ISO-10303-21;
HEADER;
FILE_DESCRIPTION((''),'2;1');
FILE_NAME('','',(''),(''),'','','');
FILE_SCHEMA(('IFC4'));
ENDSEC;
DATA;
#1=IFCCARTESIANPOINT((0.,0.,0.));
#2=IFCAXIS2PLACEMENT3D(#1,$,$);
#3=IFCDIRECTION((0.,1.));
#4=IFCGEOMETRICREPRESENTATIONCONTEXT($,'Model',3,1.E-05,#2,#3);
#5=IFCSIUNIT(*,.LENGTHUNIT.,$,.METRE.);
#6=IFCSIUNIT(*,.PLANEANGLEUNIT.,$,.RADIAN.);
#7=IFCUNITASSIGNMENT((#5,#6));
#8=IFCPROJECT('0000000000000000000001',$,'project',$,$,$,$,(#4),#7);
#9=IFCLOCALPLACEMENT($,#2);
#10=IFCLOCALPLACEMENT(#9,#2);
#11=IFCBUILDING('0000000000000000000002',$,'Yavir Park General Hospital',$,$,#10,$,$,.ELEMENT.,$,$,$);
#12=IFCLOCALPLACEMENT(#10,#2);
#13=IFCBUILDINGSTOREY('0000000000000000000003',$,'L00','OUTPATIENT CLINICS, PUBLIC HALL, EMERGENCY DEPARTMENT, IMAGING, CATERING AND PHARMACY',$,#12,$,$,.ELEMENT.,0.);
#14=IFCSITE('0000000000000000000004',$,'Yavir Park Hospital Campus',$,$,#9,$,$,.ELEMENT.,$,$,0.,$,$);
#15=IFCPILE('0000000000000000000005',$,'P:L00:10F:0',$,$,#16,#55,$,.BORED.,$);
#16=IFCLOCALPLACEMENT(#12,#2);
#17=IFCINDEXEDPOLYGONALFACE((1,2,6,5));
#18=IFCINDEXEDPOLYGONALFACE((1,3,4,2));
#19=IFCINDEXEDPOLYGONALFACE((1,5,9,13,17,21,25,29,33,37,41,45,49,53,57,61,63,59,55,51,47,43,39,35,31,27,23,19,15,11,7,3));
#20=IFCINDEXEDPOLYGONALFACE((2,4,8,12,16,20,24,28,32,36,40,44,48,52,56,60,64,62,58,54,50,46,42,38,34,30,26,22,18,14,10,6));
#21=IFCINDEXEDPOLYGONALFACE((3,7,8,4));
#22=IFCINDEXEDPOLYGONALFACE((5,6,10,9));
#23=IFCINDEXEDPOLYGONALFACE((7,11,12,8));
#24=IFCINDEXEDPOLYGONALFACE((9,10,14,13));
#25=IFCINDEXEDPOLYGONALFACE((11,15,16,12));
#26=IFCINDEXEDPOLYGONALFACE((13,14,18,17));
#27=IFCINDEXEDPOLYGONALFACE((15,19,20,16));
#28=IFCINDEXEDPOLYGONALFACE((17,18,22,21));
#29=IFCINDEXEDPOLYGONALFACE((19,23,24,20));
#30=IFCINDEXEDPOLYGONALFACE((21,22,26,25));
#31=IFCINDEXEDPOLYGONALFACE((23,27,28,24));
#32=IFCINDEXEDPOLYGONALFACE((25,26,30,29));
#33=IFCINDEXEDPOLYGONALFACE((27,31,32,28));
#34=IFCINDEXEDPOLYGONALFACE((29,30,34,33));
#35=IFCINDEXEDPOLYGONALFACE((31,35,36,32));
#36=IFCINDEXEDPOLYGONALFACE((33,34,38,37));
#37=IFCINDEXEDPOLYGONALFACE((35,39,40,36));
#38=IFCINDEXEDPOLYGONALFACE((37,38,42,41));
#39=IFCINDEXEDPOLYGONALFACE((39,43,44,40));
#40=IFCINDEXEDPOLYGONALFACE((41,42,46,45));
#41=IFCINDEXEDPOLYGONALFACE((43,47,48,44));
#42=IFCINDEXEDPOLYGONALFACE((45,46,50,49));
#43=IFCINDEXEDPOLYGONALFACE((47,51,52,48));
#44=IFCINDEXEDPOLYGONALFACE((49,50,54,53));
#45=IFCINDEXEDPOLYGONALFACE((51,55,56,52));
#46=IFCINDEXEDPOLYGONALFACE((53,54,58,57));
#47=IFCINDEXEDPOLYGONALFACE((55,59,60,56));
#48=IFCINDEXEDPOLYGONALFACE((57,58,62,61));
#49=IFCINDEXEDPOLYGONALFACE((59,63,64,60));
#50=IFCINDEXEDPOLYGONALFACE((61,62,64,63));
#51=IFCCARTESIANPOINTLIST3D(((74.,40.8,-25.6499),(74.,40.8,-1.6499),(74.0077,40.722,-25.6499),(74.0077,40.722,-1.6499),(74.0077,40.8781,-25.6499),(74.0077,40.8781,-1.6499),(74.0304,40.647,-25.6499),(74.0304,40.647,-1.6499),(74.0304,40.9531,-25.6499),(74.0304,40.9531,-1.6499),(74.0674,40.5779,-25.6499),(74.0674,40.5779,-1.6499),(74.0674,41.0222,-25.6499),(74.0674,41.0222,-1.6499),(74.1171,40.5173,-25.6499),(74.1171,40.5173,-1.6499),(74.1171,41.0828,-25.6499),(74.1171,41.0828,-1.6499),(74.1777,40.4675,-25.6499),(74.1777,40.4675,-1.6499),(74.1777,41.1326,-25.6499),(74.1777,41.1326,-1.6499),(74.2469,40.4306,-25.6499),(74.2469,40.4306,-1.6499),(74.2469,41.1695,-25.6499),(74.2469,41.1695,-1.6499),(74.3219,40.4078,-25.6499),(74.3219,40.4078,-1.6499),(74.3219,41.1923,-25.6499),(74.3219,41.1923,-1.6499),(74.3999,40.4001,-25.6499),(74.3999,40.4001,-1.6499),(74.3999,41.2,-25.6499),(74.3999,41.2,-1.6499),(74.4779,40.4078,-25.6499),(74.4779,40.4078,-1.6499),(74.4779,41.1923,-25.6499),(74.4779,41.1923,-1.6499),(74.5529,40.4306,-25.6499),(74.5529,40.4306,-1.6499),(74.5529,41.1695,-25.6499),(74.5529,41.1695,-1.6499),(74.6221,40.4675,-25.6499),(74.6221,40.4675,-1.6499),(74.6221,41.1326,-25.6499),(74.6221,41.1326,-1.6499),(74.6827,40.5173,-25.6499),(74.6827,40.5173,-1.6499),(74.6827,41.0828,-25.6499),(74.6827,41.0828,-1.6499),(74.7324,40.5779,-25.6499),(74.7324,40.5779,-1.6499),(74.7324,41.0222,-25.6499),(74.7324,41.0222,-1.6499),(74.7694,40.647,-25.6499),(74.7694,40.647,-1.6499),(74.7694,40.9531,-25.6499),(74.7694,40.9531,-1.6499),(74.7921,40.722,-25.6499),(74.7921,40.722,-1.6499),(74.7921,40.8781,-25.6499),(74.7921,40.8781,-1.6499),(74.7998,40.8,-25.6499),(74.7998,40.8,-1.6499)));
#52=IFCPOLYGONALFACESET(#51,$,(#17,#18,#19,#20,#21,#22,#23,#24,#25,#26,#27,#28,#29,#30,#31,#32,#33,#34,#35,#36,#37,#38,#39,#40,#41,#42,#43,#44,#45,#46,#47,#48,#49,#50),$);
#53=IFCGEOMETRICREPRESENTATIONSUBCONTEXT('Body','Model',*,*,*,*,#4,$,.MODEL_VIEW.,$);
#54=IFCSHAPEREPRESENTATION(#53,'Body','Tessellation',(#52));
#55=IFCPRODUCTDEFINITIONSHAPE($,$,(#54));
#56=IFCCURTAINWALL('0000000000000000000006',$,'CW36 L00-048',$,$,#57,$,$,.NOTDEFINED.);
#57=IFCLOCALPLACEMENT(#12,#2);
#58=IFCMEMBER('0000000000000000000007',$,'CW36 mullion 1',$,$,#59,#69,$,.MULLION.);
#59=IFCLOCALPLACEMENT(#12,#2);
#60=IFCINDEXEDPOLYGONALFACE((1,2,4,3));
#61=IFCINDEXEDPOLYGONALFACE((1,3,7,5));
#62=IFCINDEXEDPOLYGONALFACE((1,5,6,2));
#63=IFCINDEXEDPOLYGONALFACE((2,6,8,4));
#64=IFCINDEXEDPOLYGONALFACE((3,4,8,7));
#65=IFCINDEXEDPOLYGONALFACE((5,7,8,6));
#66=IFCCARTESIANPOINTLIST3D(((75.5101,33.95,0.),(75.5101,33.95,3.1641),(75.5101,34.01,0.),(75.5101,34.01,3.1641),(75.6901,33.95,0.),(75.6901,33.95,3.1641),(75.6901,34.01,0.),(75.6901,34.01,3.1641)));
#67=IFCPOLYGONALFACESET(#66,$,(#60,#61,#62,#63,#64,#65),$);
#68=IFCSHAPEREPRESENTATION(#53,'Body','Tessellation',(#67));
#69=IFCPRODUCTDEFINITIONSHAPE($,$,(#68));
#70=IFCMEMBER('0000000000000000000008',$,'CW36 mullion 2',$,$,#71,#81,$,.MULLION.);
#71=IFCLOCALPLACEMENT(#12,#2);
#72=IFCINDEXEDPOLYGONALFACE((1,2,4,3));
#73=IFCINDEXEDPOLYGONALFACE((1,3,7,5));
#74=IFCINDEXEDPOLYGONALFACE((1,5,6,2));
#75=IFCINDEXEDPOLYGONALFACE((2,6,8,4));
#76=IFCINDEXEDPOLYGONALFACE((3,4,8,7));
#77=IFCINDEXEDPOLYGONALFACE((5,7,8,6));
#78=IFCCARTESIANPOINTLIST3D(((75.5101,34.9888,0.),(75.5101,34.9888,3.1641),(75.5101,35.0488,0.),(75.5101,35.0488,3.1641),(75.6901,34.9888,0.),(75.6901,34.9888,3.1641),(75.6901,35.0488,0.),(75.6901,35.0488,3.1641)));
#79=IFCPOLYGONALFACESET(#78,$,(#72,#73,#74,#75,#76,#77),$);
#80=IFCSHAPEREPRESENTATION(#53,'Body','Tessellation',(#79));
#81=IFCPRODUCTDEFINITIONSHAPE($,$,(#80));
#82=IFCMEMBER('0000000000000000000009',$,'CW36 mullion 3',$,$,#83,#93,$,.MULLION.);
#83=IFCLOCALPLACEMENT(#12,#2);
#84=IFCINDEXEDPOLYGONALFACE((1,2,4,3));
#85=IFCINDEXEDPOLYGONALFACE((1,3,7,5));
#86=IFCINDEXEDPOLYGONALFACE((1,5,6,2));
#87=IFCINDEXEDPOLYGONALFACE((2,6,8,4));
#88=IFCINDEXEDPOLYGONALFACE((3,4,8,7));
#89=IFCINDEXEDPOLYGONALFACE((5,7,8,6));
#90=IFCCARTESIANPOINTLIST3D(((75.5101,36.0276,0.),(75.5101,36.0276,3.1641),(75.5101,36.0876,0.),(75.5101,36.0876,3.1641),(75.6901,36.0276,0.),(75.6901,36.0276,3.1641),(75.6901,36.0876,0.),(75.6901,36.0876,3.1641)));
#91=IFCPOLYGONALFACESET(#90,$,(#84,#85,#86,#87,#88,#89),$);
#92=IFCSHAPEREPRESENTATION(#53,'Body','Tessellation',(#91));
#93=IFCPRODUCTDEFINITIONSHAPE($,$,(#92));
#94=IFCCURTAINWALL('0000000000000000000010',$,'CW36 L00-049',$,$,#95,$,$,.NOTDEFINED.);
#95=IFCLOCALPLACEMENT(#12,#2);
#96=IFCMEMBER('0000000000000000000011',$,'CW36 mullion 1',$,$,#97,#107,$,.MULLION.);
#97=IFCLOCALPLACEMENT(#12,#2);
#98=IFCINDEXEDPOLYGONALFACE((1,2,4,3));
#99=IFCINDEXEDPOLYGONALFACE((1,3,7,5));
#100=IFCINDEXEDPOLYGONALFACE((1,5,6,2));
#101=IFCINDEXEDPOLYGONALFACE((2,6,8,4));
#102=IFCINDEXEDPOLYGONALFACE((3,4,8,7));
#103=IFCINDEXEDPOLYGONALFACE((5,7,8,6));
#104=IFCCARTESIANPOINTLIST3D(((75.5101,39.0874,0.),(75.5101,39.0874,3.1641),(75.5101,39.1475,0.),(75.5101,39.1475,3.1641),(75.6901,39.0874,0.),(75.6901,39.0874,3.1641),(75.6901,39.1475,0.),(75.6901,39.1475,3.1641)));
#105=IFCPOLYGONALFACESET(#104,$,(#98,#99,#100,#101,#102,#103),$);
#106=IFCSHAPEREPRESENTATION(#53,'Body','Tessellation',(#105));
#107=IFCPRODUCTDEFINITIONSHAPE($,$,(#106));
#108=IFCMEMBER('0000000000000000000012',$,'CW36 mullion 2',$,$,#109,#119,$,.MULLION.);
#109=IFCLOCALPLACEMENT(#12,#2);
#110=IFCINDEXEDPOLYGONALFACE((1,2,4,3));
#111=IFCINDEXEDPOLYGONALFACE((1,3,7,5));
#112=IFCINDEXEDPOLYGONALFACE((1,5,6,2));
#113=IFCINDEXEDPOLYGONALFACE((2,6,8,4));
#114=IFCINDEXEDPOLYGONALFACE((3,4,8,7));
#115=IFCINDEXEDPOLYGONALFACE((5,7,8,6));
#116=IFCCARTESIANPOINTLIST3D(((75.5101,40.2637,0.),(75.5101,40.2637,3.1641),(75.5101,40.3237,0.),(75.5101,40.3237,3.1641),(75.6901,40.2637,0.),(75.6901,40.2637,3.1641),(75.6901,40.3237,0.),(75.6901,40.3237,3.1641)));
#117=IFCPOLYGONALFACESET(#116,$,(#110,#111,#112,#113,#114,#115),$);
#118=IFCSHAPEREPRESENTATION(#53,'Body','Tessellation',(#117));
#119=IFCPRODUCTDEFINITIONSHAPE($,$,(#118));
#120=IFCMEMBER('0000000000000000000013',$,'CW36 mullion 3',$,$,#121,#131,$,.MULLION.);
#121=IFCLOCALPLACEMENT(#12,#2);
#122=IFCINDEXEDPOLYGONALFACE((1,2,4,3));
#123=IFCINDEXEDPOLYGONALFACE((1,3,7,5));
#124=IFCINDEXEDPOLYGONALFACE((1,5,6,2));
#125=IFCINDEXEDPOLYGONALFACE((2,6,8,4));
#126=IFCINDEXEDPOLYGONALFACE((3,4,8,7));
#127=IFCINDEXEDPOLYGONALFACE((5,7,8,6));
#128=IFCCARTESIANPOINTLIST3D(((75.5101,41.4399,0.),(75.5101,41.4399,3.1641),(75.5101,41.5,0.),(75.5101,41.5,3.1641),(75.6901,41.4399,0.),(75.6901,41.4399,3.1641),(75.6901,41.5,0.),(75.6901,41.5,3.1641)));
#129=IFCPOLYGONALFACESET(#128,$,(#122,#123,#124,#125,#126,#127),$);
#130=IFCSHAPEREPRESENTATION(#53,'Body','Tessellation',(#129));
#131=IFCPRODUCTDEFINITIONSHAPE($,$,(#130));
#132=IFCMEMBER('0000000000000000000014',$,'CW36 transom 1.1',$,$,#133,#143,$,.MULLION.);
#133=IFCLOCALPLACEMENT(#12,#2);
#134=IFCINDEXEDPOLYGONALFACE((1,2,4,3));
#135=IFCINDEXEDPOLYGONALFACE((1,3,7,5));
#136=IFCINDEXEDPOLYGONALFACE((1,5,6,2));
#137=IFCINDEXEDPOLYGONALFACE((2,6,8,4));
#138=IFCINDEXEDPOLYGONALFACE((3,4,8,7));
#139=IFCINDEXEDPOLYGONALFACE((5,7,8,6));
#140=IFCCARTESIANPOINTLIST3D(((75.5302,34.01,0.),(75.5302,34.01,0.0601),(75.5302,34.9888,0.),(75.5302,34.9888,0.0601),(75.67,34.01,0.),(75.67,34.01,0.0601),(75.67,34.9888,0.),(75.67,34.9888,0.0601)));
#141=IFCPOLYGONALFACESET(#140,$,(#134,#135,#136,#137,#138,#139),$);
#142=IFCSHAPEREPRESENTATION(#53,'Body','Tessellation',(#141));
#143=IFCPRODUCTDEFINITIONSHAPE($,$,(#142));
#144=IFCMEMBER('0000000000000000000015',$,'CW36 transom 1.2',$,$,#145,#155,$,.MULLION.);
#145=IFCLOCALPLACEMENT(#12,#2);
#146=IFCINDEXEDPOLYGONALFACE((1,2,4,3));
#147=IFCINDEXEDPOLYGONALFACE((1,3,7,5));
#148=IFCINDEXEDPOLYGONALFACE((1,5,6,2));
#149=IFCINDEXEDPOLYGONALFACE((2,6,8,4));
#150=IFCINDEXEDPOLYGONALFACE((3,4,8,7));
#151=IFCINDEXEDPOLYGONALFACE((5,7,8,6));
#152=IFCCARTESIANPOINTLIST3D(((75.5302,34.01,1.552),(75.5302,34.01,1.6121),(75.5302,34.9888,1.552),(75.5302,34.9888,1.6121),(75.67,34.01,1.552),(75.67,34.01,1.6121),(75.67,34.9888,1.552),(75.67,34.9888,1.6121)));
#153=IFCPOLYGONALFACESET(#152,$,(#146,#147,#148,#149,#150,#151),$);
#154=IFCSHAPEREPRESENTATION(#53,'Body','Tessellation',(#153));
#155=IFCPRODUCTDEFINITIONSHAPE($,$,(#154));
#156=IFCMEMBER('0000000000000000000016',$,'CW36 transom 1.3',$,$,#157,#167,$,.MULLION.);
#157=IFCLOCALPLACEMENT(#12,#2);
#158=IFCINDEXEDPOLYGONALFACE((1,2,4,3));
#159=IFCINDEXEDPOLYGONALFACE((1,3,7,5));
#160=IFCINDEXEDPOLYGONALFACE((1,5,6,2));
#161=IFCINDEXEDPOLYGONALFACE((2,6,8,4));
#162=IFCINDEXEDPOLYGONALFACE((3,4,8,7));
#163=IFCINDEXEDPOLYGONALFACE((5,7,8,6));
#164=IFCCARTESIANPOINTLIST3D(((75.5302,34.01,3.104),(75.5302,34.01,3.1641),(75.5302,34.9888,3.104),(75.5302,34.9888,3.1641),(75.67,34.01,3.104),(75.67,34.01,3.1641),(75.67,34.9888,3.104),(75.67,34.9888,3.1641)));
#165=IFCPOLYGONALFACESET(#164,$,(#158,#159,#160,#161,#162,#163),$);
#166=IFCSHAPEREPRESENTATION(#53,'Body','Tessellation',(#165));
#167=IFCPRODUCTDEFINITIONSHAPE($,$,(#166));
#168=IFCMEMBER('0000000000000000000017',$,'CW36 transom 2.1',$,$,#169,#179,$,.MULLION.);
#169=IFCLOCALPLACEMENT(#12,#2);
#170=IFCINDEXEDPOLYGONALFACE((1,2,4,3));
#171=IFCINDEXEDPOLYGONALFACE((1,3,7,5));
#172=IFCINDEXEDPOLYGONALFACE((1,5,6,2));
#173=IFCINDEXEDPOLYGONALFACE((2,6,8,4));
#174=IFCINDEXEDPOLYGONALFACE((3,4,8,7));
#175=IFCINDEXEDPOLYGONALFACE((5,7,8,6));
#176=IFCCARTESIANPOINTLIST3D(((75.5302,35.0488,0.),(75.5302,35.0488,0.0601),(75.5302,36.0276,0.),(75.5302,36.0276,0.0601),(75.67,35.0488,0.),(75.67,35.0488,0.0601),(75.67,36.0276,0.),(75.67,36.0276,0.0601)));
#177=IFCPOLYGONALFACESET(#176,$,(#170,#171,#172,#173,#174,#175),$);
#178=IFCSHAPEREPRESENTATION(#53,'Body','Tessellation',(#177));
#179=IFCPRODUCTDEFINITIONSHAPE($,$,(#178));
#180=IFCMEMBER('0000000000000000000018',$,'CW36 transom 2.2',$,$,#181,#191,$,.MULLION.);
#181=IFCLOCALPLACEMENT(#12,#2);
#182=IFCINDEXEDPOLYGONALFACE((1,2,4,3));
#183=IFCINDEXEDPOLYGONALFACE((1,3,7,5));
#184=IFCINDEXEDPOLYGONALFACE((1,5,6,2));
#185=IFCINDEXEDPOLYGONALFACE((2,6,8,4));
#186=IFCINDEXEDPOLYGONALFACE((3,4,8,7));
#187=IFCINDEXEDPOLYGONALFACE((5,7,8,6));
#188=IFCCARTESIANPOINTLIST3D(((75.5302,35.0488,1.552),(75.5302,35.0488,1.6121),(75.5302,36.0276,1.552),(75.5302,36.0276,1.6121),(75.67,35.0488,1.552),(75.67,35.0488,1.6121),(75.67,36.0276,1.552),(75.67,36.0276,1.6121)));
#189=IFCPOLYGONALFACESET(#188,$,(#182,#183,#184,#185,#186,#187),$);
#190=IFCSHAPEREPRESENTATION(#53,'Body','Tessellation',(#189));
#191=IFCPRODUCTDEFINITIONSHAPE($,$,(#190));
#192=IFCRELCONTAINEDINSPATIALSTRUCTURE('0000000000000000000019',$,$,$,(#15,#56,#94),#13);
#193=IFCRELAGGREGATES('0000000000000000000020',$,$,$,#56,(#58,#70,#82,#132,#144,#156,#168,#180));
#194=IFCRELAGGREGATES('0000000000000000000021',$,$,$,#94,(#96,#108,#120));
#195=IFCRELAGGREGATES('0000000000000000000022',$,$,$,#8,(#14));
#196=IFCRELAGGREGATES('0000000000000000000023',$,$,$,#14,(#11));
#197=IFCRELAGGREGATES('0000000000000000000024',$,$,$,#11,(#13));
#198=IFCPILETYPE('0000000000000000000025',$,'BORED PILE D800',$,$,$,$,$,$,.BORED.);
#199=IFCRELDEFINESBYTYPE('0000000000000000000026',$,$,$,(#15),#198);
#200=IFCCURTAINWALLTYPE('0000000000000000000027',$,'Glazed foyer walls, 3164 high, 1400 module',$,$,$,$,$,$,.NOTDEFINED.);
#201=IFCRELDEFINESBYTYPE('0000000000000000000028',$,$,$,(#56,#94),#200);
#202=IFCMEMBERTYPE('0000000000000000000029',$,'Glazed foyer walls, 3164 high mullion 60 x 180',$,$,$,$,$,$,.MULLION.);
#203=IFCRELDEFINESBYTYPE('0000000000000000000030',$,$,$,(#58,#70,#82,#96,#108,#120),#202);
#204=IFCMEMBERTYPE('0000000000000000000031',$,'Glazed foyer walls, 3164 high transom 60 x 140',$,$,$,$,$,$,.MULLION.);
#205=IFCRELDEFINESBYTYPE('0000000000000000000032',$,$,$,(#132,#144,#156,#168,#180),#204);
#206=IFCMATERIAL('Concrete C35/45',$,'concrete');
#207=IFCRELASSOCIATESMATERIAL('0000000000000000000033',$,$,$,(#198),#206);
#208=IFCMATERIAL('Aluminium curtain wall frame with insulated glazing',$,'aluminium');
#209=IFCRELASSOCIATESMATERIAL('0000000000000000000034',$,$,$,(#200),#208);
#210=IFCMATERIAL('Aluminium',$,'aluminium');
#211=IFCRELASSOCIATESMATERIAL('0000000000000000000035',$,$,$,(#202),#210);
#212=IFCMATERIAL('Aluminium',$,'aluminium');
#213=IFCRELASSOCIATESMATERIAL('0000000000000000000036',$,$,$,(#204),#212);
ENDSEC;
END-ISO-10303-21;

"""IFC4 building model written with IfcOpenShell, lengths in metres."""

from ifc_helpers import new_model, si_unit, direction, frame, origin, origin_2d, place, context, subcontext, project, spatial, rectangle, circle, extrude, material, material_profile, profile_set, type_object, element, aggregate, save


model = new_model("IFC4")

# Units and contexts
model_context = context("Model", 3, precision=1e-05, world=origin(), true_north=direction((0.0, 1.0)))
body_context = subcontext(model_context, "Body", "Model", "MODEL_VIEW")
ifc_project = project(units=[si_unit("LENGTHUNIT", "METRE"), si_unit("PLANEANGLEUNIT", "RADIAN")], contexts=[model_context])

# Site, building, storey
site_placement = place(None, origin())
site = spatial("IfcSite", under=ifc_project, at=site_placement, Name="Yavir Park Hospital Campus", CompositionType="ELEMENT", RefElevation=0.0)
building_placement = place(site_placement, origin())
building = spatial("IfcBuilding", under=site, at=building_placement, Name="Yavir Park General Hospital", CompositionType="ELEMENT")
storey_placement = place(building_placement, origin())
storey = spatial("IfcBuildingStorey", under=building, at=storey_placement, Name="L00", Description="OUTPATIENT CLINICS, PUBLIC HALL, EMERGENCY DEPARTMENT, IMAGING, CATERING AND PHARMACY", CompositionType="ELEMENT", Elevation=0.0)

# Pile
ifc_material_1 = material(Name="Concrete C35/45", Category="concrete")
ifc_material_profile_1 = material_profile(ifc_material_1, circle(Radius=0.3999, at=origin_2d()), Name="D800")
ifc_profile_set_1 = profile_set([ifc_material_profile_1], Name="Concrete C35/45")
pile_type = type_object("IfcPileType", Name="BORED PILE D800", PredefinedType="BORED", material=ifc_profile_set_1)
pile_placement = place(storey_placement, frame((74.3999, 40.8, -1.6499), z_axis=(0.0, 0.0, -1.0), x_axis=(1.0, 0.0, 0.0)))
element("IfcPile", 1, at=pile_placement, inside=storey, type_object=pile_type, Name="P:L00:10F:0", PredefinedType="BORED", context=body_context, shape_type="SweptSolid", body=[
    extrude(circle(Radius=0.3999, at=origin_2d()), origin(), (0.0, 0.0, 1.0), 24.0),
])

# Curtain walls, members
ifc_material_2 = material(Name="Aluminium curtain wall frame with insulated glazing", Category="aluminium")
curtain_wall_type = type_object("IfcCurtainWallType", Name="Glazed foyer walls, 3164 high, 1400 module", PredefinedType="NOTDEFINED", material=ifc_material_2)
curtain_wall_1_placement = place(storey_placement, origin())
curtain_wall_1 = element("IfcCurtainWall", 2, at=curtain_wall_1_placement, inside=storey, type_object=curtain_wall_type, Name="CW36 L00-048", PredefinedType="NOTDEFINED")
ifc_material_3 = material(Name="Aluminium", Category="aluminium")
ifc_material_profile_2 = material_profile(ifc_material_3, rectangle(XDim=0.1799, YDim=0.0601, at=origin_2d()), Name="AL 60x180")
ifc_profile_set_2 = profile_set([ifc_material_profile_2], Name="Aluminium")
member_type_1 = type_object("IfcMemberType", Name="Glazed foyer walls, 3164 high mullion 60 x 180", PredefinedType="MULLION", material=ifc_profile_set_2)
member_1_placement = place(storey_placement, frame((75.6001, 33.98, 0.0), z_axis=(0.0, 0.0, 1.0), x_axis=(-1.0, 0.0, 0.0)))
member_1 = element("IfcMember", 3, at=member_1_placement, type_object=member_type_1, Name="CW36 mullion 1", PredefinedType="MULLION", context=body_context, shape_type="SweptSolid", body=[
    extrude(rectangle(XDim=0.1799, YDim=0.0601, at=origin_2d()), origin(), (0.0, 0.0, 1.0), 3.1641),
])
member_2_placement = place(storey_placement, frame((75.6001, 35.0188, 0.0), z_axis=(0.0, 0.0, 1.0), x_axis=(-1.0, 0.0, 0.0)))
member_2 = element("IfcMember", 4, at=member_2_placement, type_object=member_type_1, Name="CW36 mullion 2", PredefinedType="MULLION", context=body_context, shape_type="SweptSolid", body=[
    extrude(rectangle(XDim=0.1799, YDim=0.0601, at=origin_2d()), origin(), (0.0, 0.0, 1.0), 3.1641),
])
member_3_placement = place(storey_placement, frame((75.6001, 36.0576, 0.0), z_axis=(0.0, 0.0, 1.0), x_axis=(-1.0, 0.0, 0.0)))
member_3 = element("IfcMember", 5, at=member_3_placement, type_object=member_type_1, Name="CW36 mullion 3", PredefinedType="MULLION", context=body_context, shape_type="SweptSolid", body=[
    extrude(rectangle(XDim=0.1799, YDim=0.0601, at=origin_2d()), origin(), (0.0, 0.0, 1.0), 3.1641),
])
curtain_wall_2_placement = place(storey_placement, origin())
curtain_wall_2 = element("IfcCurtainWall", 6, at=curtain_wall_2_placement, inside=storey, type_object=curtain_wall_type, Name="CW36 L00-049", PredefinedType="NOTDEFINED")
member_4_placement = place(storey_placement, frame((75.6001, 39.1174, 0.0), z_axis=(0.0, 0.0, 1.0), x_axis=(-1.0, 0.0, 0.0)))
member_4 = element("IfcMember", 7, at=member_4_placement, type_object=member_type_1, Name="CW36 mullion 1", PredefinedType="MULLION", context=body_context, shape_type="SweptSolid", body=[
    extrude(rectangle(XDim=0.1799, YDim=0.0601, at=origin_2d()), origin(), (0.0, 0.0, 1.0), 3.1641),
])
member_5_placement = place(storey_placement, frame((75.6001, 40.2937, 0.0), z_axis=(0.0, 0.0, 1.0), x_axis=(-1.0, 0.0, 0.0)))
member_5 = element("IfcMember", 8, at=member_5_placement, type_object=member_type_1, Name="CW36 mullion 2", PredefinedType="MULLION", context=body_context, shape_type="SweptSolid", body=[
    extrude(rectangle(XDim=0.1799, YDim=0.0601, at=origin_2d()), origin(), (0.0, 0.0, 1.0), 3.1641),
])
member_6_placement = place(storey_placement, frame((75.6001, 41.47, 0.0), z_axis=(0.0, 0.0, 1.0), x_axis=(-1.0, 0.0, 0.0)))
member_6 = element("IfcMember", 9, at=member_6_placement, type_object=member_type_1, Name="CW36 mullion 3", PredefinedType="MULLION", context=body_context, shape_type="SweptSolid", body=[
    extrude(rectangle(XDim=0.1799, YDim=0.0601, at=origin_2d()), origin(), (0.0, 0.0, 1.0), 3.1641),
])

# Members
ifc_material_4 = material(Name="Aluminium", Category="aluminium")
ifc_material_profile_3 = material_profile(ifc_material_4, rectangle(XDim=0.1399, YDim=0.0601, at=origin_2d()), Name="AL 140x60")
ifc_profile_set_3 = profile_set([ifc_material_profile_3], Name="Aluminium")
member_type_2 = type_object("IfcMemberType", Name="Glazed foyer walls, 3164 high transom 60 x 140", PredefinedType="MULLION", material=ifc_profile_set_3)
member_7_placement = place(storey_placement, frame((75.6001, 34.01, 0.03), z_axis=(0.0, 1.0, 0.0), x_axis=(-1.0, 0.0, 0.0)))
member_7 = element("IfcMember", 10, at=member_7_placement, type_object=member_type_2, Name="CW36 transom 1.1", PredefinedType="MULLION", context=body_context, shape_type="SweptSolid", body=[
    extrude(rectangle(XDim=0.1399, YDim=0.0601, at=origin_2d()), origin(), (0.0, 0.0, 1.0), 0.9788),
])
member_8_placement = place(storey_placement, frame((75.6001, 34.01, 1.582), z_axis=(0.0, 1.0, 0.0), x_axis=(-1.0, 0.0, 0.0)))
member_8 = element("IfcMember", 11, at=member_8_placement, type_object=member_type_2, Name="CW36 transom 1.2", PredefinedType="MULLION", context=body_context, shape_type="SweptSolid", body=[
    extrude(rectangle(XDim=0.1399, YDim=0.0601, at=origin_2d()), origin(), (0.0, 0.0, 1.0), 0.9788),
])
member_9_placement = place(storey_placement, frame((75.6001, 34.01, 3.134), z_axis=(0.0, 1.0, 0.0), x_axis=(-1.0, 0.0, 0.0)))
member_9 = element("IfcMember", 12, at=member_9_placement, type_object=member_type_2, Name="CW36 transom 1.3", PredefinedType="MULLION", context=body_context, shape_type="SweptSolid", body=[
    extrude(rectangle(XDim=0.1399, YDim=0.0601, at=origin_2d()), origin(), (0.0, 0.0, 1.0), 0.9788),
])
member_10_placement = place(storey_placement, frame((75.6001, 35.0488, 0.03), z_axis=(0.0, 1.0, 0.0), x_axis=(-1.0, 0.0, 0.0)))
member_10 = element("IfcMember", 13, at=member_10_placement, type_object=member_type_2, Name="CW36 transom 2.1", PredefinedType="MULLION", context=body_context, shape_type="SweptSolid", body=[
    extrude(rectangle(XDim=0.1399, YDim=0.0601, at=origin_2d()), origin(), (0.0, 0.0, 1.0), 0.9788),
])
member_11_placement = place(storey_placement, frame((75.6001, 35.0488, 1.582), z_axis=(0.0, 1.0, 0.0), x_axis=(-1.0, 0.0, 0.0)))
member_11 = element("IfcMember", 14, at=member_11_placement, type_object=member_type_2, Name="CW36 transom 2.2", PredefinedType="MULLION", context=body_context, shape_type="SweptSolid", body=[
    extrude(rectangle(XDim=0.1399, YDim=0.0601, at=origin_2d()), origin(), (0.0, 0.0, 1.0), 0.9788),
])

aggregate(curtain_wall_1, [member_1, member_2, member_3, member_7, member_8, member_9, member_10, member_11])
aggregate(curtain_wall_2, [member_4, member_5, member_6])

save(model, "model.ifc")
